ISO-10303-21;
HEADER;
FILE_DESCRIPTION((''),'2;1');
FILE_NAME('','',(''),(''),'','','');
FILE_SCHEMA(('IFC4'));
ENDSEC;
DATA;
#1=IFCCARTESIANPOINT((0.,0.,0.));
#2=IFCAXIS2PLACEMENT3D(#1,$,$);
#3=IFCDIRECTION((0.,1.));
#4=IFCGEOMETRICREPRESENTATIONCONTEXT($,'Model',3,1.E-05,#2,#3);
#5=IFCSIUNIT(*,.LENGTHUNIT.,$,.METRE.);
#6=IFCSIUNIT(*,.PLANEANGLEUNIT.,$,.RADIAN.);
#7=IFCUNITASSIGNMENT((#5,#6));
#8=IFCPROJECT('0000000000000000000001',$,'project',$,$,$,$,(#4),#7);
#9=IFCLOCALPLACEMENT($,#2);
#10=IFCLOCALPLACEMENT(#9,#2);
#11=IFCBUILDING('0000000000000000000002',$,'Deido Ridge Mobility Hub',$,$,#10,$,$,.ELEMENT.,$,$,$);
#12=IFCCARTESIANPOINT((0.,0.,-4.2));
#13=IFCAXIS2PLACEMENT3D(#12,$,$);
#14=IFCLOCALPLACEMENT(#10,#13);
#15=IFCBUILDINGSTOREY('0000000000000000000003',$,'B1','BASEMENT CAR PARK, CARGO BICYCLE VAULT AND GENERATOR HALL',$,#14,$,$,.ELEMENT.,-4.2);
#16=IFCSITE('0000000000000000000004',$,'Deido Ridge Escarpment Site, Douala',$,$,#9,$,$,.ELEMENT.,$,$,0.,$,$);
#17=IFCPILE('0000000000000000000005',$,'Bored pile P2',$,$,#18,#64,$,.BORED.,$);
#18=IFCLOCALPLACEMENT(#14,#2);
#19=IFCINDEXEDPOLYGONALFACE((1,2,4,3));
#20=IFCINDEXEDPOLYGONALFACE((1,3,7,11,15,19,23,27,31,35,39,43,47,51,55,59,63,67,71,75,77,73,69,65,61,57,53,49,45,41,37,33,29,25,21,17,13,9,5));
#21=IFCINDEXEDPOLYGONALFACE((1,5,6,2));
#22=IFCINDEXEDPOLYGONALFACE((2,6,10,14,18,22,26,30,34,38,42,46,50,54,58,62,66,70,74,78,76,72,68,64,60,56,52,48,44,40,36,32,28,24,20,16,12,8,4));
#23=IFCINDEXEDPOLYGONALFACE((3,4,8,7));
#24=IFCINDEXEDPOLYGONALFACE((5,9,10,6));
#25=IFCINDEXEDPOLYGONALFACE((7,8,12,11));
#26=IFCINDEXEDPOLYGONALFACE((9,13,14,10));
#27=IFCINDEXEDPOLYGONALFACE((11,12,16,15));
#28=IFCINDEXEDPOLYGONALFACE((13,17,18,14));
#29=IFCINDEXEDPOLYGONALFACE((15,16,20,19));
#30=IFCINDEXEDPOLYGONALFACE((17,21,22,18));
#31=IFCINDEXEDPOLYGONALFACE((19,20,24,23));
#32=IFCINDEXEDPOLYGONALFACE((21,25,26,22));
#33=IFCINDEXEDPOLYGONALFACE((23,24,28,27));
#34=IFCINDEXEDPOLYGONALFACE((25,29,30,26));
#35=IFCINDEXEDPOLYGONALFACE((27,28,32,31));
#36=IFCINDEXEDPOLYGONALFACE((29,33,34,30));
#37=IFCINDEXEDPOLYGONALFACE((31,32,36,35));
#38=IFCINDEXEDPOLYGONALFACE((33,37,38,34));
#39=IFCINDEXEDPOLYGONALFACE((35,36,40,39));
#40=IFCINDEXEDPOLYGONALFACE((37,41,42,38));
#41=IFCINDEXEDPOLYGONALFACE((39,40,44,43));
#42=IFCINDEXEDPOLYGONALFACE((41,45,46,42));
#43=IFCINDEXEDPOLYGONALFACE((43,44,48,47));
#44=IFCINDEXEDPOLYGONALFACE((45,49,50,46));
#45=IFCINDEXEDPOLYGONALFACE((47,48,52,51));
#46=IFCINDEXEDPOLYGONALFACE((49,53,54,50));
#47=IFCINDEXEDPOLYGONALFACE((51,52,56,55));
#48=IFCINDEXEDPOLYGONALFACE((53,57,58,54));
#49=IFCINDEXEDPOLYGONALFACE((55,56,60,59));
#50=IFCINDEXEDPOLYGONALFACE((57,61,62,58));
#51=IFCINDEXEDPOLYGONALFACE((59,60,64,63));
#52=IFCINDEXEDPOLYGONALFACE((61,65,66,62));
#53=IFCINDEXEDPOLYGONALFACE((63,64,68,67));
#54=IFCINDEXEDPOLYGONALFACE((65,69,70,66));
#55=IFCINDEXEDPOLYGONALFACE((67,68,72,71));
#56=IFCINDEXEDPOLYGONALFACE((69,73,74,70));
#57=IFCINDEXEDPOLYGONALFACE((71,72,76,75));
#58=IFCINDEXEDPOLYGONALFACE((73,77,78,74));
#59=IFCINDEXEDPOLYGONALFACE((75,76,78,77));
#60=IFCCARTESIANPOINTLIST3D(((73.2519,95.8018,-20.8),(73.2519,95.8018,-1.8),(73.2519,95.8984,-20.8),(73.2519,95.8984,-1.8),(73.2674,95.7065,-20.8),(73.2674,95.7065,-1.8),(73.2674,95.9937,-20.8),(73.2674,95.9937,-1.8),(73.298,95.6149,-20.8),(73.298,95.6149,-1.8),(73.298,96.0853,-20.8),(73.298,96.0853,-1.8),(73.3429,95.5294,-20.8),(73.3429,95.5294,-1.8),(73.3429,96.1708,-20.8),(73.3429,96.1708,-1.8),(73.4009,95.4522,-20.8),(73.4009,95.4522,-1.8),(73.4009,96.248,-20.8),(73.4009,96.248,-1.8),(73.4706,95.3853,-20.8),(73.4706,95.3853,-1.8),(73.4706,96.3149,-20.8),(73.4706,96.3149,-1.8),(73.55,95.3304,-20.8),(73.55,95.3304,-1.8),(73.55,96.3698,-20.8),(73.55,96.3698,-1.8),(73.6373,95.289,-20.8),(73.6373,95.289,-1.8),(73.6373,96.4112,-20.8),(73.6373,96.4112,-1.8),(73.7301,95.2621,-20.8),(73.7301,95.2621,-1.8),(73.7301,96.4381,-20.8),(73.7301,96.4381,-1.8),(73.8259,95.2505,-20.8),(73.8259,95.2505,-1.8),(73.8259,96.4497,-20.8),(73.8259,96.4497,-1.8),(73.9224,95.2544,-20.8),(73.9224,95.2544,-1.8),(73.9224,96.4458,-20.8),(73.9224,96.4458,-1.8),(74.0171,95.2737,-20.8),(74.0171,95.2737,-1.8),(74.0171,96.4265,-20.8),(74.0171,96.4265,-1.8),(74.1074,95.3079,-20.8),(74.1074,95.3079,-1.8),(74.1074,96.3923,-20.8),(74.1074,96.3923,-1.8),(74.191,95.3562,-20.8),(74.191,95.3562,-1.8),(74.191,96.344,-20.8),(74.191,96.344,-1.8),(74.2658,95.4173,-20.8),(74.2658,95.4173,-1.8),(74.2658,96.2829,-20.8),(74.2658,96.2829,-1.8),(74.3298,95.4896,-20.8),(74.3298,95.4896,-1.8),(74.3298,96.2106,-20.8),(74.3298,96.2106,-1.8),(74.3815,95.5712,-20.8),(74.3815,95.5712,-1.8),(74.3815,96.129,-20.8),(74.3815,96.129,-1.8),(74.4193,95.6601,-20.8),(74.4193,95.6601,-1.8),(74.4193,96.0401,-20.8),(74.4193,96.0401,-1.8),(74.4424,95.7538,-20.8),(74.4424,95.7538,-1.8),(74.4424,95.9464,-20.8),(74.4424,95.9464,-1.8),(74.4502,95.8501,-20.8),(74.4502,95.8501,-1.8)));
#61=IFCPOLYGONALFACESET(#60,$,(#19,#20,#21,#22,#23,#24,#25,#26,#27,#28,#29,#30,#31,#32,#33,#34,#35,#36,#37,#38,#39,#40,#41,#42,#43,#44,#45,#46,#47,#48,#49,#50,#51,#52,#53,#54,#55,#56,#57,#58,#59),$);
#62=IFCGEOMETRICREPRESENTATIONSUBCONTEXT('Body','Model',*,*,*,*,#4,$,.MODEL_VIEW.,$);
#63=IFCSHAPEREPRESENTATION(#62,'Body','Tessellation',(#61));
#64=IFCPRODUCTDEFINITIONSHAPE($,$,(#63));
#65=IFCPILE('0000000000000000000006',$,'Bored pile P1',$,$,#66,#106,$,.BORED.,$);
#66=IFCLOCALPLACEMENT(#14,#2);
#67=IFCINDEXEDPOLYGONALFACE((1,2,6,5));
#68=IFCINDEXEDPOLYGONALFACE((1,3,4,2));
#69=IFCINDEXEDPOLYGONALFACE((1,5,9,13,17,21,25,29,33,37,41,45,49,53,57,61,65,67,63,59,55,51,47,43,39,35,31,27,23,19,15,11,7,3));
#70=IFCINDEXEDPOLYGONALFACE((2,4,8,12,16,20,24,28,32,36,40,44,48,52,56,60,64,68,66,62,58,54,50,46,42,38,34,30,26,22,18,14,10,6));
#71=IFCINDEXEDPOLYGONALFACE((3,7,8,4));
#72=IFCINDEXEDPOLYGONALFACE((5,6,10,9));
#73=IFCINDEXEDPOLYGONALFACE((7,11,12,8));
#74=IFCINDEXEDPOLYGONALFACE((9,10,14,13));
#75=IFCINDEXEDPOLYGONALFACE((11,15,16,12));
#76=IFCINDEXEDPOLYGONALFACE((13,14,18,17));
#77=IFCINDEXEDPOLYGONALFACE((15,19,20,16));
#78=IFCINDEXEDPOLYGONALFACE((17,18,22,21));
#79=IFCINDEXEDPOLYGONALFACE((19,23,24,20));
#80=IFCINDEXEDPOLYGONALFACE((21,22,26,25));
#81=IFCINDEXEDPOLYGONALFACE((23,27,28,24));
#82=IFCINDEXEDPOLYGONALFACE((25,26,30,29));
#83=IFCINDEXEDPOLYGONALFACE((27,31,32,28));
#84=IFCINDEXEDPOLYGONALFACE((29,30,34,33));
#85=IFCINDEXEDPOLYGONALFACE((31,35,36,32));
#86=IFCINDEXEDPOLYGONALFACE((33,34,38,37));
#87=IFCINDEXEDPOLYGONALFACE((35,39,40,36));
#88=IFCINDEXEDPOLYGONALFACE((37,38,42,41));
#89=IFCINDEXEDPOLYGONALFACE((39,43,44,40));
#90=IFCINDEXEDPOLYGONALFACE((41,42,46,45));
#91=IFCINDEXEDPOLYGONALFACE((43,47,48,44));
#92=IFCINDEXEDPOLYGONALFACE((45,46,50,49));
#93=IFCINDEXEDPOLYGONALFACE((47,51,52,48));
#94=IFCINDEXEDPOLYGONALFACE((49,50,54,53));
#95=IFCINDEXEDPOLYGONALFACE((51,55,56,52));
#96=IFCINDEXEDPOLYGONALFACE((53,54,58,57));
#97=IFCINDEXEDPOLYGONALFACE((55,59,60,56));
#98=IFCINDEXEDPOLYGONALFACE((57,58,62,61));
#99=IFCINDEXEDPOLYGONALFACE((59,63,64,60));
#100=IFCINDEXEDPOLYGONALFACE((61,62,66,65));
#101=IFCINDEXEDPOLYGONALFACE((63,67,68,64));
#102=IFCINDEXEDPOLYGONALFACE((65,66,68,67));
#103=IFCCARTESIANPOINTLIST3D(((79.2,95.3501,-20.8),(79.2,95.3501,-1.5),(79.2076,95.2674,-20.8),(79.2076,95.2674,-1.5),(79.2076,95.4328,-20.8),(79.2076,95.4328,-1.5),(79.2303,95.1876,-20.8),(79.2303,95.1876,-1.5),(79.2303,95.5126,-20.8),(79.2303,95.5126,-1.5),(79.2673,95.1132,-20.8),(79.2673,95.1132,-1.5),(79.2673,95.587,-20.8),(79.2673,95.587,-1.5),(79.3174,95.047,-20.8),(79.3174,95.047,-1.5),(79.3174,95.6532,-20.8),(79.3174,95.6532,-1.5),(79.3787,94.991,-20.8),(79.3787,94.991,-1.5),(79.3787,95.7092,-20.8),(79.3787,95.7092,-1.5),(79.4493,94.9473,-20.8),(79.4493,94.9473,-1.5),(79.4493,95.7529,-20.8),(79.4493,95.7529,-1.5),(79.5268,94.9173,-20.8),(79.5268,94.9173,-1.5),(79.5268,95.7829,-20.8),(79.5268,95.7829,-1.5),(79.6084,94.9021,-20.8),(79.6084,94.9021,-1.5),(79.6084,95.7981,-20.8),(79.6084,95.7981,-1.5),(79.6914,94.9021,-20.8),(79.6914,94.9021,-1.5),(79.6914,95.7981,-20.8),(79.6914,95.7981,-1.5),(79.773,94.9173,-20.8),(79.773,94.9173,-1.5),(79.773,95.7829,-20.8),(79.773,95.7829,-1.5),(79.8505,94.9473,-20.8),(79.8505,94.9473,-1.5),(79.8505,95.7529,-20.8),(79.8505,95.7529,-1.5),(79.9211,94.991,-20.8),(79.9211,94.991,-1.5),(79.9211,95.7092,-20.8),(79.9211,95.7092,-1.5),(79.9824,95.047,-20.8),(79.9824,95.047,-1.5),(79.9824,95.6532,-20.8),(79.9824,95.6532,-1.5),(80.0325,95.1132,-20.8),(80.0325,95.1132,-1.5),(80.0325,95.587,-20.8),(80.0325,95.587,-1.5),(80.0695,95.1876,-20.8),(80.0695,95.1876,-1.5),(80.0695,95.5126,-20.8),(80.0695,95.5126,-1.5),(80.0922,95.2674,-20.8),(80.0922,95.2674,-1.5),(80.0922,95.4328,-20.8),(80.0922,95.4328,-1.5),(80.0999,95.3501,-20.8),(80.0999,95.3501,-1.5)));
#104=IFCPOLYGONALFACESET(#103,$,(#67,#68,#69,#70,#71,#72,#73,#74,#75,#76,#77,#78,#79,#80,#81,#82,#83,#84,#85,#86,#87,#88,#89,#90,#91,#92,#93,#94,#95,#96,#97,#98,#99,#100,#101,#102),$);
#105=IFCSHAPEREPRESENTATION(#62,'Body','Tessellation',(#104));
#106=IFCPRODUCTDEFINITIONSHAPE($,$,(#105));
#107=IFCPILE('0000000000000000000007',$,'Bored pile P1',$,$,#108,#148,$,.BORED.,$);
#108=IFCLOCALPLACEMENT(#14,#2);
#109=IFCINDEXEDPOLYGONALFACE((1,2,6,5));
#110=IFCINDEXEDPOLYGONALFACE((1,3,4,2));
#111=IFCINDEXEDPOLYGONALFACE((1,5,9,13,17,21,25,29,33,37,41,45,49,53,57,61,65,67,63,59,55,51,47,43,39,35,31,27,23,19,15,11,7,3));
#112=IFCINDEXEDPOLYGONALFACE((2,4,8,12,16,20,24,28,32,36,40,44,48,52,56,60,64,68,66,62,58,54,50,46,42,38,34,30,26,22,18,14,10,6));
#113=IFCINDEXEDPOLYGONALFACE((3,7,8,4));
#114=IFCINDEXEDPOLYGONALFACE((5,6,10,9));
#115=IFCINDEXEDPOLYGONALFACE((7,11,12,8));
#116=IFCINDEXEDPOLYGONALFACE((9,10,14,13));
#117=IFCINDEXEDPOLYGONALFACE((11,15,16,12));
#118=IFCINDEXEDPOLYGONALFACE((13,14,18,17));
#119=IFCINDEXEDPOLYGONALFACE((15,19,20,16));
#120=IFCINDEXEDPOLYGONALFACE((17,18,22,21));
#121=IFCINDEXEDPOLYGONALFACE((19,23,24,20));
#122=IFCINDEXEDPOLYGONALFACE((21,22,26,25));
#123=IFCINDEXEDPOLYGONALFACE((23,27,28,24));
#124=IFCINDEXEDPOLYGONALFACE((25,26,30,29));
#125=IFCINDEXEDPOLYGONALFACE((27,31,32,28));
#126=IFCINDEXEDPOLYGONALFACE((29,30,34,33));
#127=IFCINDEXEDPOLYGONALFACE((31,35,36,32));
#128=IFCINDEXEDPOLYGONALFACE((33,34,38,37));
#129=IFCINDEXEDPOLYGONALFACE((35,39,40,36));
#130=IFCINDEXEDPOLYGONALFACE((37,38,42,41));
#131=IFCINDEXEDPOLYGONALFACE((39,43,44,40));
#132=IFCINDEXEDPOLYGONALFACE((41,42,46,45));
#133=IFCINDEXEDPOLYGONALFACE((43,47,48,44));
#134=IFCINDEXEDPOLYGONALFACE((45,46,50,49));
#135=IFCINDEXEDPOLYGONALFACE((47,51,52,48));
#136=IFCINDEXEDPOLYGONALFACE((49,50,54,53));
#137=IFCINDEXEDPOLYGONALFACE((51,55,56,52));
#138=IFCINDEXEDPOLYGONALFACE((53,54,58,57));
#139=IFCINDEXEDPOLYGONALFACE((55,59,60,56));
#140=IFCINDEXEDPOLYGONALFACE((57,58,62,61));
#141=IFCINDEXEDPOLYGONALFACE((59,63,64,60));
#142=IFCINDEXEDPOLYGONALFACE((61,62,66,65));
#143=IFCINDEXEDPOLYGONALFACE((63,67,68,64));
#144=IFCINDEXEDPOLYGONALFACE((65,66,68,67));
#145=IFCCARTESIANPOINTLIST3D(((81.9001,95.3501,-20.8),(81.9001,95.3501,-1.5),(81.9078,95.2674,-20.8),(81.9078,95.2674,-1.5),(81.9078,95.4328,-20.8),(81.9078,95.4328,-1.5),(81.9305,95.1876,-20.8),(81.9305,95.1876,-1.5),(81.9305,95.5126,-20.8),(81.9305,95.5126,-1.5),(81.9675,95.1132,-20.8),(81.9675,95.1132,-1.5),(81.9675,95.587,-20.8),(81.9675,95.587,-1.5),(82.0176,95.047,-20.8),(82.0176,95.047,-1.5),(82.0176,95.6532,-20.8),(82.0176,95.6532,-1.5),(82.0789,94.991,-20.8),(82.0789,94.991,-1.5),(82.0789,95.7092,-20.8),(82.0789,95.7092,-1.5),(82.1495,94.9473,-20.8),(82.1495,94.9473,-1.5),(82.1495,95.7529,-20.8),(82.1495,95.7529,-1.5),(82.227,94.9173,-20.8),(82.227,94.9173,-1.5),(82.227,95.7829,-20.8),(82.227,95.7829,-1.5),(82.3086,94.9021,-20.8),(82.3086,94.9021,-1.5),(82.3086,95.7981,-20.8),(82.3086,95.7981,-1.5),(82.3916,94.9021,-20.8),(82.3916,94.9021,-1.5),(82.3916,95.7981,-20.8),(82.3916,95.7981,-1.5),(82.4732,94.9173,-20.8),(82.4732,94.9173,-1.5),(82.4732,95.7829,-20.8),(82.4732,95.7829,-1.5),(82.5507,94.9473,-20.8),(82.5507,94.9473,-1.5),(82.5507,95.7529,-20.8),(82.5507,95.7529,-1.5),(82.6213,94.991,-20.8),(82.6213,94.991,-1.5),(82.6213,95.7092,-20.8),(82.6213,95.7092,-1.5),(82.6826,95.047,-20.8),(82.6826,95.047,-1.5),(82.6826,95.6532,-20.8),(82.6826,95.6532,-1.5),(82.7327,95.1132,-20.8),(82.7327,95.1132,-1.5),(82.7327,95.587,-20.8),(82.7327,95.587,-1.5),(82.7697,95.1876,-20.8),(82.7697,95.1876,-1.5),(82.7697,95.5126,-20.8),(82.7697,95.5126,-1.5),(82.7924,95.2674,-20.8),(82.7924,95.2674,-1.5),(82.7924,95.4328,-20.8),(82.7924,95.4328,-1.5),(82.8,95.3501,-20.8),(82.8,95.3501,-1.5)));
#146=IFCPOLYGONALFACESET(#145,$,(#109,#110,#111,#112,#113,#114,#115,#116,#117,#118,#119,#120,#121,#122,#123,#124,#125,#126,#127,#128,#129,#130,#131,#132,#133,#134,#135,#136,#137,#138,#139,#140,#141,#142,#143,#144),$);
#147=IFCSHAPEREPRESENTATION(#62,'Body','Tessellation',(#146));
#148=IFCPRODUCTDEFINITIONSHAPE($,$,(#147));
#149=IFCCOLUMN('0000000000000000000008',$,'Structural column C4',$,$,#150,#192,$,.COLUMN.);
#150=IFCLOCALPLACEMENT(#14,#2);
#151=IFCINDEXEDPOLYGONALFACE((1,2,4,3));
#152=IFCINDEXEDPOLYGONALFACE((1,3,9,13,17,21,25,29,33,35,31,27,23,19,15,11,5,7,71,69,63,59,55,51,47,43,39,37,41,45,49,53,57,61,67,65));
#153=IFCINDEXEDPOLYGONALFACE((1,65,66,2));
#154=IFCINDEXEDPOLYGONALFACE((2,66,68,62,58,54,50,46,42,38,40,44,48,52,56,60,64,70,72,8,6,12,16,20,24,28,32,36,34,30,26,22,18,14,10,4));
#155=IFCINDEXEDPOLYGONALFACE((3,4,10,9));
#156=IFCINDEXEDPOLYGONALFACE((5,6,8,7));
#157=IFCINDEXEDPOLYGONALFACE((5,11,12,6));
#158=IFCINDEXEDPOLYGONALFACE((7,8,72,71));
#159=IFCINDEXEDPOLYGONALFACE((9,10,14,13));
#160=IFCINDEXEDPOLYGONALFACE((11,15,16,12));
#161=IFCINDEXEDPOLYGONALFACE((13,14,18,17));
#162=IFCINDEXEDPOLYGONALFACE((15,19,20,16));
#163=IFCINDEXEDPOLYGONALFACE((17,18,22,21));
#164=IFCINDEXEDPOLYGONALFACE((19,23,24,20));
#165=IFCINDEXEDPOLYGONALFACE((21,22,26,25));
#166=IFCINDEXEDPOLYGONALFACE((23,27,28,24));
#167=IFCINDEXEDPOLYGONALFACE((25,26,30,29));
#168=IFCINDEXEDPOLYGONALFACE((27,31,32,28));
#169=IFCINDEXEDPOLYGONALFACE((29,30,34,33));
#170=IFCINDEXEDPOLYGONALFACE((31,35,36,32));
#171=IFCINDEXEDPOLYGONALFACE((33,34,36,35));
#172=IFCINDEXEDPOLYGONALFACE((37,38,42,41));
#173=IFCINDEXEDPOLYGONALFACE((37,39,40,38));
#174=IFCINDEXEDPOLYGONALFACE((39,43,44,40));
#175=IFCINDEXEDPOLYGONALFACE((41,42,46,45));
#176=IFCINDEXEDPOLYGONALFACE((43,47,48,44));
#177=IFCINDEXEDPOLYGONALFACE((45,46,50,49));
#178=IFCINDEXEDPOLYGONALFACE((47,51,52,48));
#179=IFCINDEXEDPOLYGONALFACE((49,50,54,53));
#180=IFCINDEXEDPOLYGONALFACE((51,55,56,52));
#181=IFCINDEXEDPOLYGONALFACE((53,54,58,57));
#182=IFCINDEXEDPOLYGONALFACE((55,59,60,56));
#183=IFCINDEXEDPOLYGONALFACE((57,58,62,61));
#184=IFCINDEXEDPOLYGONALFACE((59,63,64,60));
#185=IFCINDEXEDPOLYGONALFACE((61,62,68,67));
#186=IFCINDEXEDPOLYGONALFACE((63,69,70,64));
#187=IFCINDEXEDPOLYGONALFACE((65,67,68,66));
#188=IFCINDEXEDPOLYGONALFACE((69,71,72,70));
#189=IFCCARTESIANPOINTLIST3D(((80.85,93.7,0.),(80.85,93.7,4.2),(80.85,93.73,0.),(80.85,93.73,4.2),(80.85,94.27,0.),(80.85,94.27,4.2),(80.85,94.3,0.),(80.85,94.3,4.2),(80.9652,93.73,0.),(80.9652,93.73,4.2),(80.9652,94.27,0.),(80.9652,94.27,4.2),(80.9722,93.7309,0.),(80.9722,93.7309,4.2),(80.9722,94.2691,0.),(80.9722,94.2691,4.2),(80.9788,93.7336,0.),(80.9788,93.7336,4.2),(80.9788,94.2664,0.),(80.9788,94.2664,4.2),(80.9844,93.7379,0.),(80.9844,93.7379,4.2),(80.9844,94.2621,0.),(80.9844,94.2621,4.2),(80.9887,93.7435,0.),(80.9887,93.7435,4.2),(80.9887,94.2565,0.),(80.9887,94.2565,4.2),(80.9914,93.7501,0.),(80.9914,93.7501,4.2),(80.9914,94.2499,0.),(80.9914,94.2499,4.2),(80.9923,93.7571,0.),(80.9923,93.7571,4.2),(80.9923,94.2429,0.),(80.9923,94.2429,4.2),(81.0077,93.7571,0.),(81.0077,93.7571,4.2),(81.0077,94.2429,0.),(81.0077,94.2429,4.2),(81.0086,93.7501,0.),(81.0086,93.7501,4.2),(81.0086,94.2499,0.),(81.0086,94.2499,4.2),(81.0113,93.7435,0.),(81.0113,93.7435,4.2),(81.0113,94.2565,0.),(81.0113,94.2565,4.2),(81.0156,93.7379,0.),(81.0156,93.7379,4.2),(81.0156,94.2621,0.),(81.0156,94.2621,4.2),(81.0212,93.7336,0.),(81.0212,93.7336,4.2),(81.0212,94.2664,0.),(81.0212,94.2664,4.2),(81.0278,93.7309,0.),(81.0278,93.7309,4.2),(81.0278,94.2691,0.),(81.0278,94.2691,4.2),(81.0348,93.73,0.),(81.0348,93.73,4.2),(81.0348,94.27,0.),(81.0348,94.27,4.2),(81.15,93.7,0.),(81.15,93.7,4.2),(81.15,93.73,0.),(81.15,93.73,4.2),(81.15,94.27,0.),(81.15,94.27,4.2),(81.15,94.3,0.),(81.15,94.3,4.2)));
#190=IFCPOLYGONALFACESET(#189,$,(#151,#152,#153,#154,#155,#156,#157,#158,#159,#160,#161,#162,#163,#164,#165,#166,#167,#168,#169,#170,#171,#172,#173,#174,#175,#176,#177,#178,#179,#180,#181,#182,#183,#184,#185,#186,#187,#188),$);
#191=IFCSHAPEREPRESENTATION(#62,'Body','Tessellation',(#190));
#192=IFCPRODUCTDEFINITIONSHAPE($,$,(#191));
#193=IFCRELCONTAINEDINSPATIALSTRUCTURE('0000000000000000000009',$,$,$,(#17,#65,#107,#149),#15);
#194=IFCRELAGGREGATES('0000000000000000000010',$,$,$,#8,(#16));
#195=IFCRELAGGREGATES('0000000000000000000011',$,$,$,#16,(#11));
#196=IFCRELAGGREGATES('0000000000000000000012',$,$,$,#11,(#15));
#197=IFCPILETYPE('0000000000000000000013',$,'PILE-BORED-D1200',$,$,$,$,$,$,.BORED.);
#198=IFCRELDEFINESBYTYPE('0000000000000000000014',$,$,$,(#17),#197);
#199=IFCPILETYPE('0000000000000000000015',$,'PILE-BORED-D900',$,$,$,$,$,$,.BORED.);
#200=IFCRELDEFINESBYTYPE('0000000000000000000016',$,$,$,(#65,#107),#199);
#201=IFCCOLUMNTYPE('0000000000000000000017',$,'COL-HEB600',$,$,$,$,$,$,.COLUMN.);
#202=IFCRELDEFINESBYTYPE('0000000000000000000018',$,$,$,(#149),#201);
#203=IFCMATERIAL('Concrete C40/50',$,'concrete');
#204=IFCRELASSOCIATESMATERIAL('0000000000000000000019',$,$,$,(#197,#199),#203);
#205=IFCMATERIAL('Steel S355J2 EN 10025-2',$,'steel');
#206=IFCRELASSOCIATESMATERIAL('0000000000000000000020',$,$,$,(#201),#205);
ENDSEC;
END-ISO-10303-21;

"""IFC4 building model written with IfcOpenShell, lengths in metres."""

from ifc_helpers import new_model, si_unit, direction, frame, origin, origin_2d, place, context, subcontext, project, spatial, circle, i_section, extrude, material, material_profile, profile_set, type_object, element, save


model = new_model("IFC4")

# Units and contexts
model_context = context("Model", 3, precision=1e-05, world=origin(), true_north=direction((0.0, 1.0)))
body_context = subcontext(model_context, "Body", "Model", "MODEL_VIEW")
ifc_project = project(units=[si_unit("LENGTHUNIT", "METRE"), si_unit("PLANEANGLEUNIT", "RADIAN")], contexts=[model_context])

# Site, building, storey
site_placement = place(None, origin())
site = spatial("IfcSite", under=ifc_project, at=site_placement, Name="Deido Ridge Escarpment Site, Douala", CompositionType="ELEMENT", RefElevation=0.0)
building_placement = place(site_placement, origin())
building = spatial("IfcBuilding", under=site, at=building_placement, Name="Deido Ridge Mobility Hub", CompositionType="ELEMENT")
storey_placement = place(building_placement, frame((0.0, 0.0, -4.2)))
storey = spatial("IfcBuildingStorey", under=building, at=storey_placement, Name="B1", Description="BASEMENT CAR PARK, CARGO BICYCLE VAULT AND GENERATOR HALL", CompositionType="ELEMENT", Elevation=-4.2)

# Shared definitions
ifc_material_1 = material(Name="Concrete C40/50", Category="concrete")

# Piles
ifc_material_profile_1 = material_profile(ifc_material_1, circle(Radius=0.6001, at=origin_2d()), Name="BORED PILE D1200")
ifc_profile_set_1 = profile_set([ifc_material_profile_1], Name="Concrete C40/50")
pile_type_1 = type_object("IfcPileType", Name="PILE-BORED-D1200", PredefinedType="BORED", material=ifc_profile_set_1)
pile_placement = place(storey_placement, frame((73.8501, 95.8501, -1.8), z_axis=(0.0, 0.0, -1.0), x_axis=(1.0, 0.0, 0.0)))
element("IfcPile", 1, at=pile_placement, inside=storey, type_object=pile_type_1, Name="Bored pile P2", PredefinedType="BORED", context=body_context, shape_type="SweptSolid", body=[
    extrude(circle(Radius=0.6001, at=origin_2d()), origin(), (0.0, 0.0, 1.0), 19.0),
])
ifc_material_profile_2 = material_profile(ifc_material_1, circle(Radius=0.45, at=origin_2d()), Name="BORED PILE D900")
ifc_profile_set_2 = profile_set([ifc_material_profile_2], Name="Concrete C40/50")
pile_type_2 = type_object("IfcPileType", Name="PILE-BORED-D900", PredefinedType="BORED", material=ifc_profile_set_2)
for number, where, z_axis, x_axis, name in (
    (2, (79.6499, 95.3501, -1.5), (0.0, 0.0, -1.0), (1.0, 0.0, 0.0), "Bored pile P1"),
    (3, (82.3501, 95.3501, -1.5), (0.0, 0.0, -1.0), (1.0, 0.0, 0.0), "Bored pile P1"),
):
    element("IfcPile", number, at=place(storey_placement, frame(where, z_axis=z_axis, x_axis=x_axis)), inside=storey, type_object=pile_type_2, Name=name, PredefinedType="BORED", context=body_context, shape_type="SweptSolid", body=[
        extrude(circle(Radius=0.45, at=origin_2d()), origin(), (0.0, 0.0, 1.0), 19.3),
    ])

# Column
ifc_material_2 = material(Name="Steel S355J2 EN 10025-2", Category="steel")
ifc_material_profile_3 = material_profile(ifc_material_2, i_section(OverallWidth=0.3, OverallDepth=0.6001, WebThickness=0.0154, FlangeThickness=0.03, FilletRadius=0.0271, at=origin_2d()), Name="HEB 600")
ifc_profile_set_3 = profile_set([ifc_material_profile_3], Name="Steel S355J2 EN 10025-2")
column_type = type_object("IfcColumnType", Name="COL-HEB600", PredefinedType="COLUMN", material=ifc_profile_set_3)
column_placement = place(storey_placement, frame((81.0, 94.0, 0.0), z_axis=(0.0, 0.0, 1.0), x_axis=(1.0, 0.0, 0.0)))
element("IfcColumn", 4, at=column_placement, inside=storey, type_object=column_type, Name="Structural column C4", PredefinedType="COLUMN", context=body_context, shape_type="SweptSolid", body=[
    extrude(i_section(OverallWidth=0.3, OverallDepth=0.6001, WebThickness=0.0154, FlangeThickness=0.03, FilletRadius=0.0271, at=origin_2d()), origin(), (0.0, 0.0, 1.0), 4.2),
])

save(model, "model.ifc")
